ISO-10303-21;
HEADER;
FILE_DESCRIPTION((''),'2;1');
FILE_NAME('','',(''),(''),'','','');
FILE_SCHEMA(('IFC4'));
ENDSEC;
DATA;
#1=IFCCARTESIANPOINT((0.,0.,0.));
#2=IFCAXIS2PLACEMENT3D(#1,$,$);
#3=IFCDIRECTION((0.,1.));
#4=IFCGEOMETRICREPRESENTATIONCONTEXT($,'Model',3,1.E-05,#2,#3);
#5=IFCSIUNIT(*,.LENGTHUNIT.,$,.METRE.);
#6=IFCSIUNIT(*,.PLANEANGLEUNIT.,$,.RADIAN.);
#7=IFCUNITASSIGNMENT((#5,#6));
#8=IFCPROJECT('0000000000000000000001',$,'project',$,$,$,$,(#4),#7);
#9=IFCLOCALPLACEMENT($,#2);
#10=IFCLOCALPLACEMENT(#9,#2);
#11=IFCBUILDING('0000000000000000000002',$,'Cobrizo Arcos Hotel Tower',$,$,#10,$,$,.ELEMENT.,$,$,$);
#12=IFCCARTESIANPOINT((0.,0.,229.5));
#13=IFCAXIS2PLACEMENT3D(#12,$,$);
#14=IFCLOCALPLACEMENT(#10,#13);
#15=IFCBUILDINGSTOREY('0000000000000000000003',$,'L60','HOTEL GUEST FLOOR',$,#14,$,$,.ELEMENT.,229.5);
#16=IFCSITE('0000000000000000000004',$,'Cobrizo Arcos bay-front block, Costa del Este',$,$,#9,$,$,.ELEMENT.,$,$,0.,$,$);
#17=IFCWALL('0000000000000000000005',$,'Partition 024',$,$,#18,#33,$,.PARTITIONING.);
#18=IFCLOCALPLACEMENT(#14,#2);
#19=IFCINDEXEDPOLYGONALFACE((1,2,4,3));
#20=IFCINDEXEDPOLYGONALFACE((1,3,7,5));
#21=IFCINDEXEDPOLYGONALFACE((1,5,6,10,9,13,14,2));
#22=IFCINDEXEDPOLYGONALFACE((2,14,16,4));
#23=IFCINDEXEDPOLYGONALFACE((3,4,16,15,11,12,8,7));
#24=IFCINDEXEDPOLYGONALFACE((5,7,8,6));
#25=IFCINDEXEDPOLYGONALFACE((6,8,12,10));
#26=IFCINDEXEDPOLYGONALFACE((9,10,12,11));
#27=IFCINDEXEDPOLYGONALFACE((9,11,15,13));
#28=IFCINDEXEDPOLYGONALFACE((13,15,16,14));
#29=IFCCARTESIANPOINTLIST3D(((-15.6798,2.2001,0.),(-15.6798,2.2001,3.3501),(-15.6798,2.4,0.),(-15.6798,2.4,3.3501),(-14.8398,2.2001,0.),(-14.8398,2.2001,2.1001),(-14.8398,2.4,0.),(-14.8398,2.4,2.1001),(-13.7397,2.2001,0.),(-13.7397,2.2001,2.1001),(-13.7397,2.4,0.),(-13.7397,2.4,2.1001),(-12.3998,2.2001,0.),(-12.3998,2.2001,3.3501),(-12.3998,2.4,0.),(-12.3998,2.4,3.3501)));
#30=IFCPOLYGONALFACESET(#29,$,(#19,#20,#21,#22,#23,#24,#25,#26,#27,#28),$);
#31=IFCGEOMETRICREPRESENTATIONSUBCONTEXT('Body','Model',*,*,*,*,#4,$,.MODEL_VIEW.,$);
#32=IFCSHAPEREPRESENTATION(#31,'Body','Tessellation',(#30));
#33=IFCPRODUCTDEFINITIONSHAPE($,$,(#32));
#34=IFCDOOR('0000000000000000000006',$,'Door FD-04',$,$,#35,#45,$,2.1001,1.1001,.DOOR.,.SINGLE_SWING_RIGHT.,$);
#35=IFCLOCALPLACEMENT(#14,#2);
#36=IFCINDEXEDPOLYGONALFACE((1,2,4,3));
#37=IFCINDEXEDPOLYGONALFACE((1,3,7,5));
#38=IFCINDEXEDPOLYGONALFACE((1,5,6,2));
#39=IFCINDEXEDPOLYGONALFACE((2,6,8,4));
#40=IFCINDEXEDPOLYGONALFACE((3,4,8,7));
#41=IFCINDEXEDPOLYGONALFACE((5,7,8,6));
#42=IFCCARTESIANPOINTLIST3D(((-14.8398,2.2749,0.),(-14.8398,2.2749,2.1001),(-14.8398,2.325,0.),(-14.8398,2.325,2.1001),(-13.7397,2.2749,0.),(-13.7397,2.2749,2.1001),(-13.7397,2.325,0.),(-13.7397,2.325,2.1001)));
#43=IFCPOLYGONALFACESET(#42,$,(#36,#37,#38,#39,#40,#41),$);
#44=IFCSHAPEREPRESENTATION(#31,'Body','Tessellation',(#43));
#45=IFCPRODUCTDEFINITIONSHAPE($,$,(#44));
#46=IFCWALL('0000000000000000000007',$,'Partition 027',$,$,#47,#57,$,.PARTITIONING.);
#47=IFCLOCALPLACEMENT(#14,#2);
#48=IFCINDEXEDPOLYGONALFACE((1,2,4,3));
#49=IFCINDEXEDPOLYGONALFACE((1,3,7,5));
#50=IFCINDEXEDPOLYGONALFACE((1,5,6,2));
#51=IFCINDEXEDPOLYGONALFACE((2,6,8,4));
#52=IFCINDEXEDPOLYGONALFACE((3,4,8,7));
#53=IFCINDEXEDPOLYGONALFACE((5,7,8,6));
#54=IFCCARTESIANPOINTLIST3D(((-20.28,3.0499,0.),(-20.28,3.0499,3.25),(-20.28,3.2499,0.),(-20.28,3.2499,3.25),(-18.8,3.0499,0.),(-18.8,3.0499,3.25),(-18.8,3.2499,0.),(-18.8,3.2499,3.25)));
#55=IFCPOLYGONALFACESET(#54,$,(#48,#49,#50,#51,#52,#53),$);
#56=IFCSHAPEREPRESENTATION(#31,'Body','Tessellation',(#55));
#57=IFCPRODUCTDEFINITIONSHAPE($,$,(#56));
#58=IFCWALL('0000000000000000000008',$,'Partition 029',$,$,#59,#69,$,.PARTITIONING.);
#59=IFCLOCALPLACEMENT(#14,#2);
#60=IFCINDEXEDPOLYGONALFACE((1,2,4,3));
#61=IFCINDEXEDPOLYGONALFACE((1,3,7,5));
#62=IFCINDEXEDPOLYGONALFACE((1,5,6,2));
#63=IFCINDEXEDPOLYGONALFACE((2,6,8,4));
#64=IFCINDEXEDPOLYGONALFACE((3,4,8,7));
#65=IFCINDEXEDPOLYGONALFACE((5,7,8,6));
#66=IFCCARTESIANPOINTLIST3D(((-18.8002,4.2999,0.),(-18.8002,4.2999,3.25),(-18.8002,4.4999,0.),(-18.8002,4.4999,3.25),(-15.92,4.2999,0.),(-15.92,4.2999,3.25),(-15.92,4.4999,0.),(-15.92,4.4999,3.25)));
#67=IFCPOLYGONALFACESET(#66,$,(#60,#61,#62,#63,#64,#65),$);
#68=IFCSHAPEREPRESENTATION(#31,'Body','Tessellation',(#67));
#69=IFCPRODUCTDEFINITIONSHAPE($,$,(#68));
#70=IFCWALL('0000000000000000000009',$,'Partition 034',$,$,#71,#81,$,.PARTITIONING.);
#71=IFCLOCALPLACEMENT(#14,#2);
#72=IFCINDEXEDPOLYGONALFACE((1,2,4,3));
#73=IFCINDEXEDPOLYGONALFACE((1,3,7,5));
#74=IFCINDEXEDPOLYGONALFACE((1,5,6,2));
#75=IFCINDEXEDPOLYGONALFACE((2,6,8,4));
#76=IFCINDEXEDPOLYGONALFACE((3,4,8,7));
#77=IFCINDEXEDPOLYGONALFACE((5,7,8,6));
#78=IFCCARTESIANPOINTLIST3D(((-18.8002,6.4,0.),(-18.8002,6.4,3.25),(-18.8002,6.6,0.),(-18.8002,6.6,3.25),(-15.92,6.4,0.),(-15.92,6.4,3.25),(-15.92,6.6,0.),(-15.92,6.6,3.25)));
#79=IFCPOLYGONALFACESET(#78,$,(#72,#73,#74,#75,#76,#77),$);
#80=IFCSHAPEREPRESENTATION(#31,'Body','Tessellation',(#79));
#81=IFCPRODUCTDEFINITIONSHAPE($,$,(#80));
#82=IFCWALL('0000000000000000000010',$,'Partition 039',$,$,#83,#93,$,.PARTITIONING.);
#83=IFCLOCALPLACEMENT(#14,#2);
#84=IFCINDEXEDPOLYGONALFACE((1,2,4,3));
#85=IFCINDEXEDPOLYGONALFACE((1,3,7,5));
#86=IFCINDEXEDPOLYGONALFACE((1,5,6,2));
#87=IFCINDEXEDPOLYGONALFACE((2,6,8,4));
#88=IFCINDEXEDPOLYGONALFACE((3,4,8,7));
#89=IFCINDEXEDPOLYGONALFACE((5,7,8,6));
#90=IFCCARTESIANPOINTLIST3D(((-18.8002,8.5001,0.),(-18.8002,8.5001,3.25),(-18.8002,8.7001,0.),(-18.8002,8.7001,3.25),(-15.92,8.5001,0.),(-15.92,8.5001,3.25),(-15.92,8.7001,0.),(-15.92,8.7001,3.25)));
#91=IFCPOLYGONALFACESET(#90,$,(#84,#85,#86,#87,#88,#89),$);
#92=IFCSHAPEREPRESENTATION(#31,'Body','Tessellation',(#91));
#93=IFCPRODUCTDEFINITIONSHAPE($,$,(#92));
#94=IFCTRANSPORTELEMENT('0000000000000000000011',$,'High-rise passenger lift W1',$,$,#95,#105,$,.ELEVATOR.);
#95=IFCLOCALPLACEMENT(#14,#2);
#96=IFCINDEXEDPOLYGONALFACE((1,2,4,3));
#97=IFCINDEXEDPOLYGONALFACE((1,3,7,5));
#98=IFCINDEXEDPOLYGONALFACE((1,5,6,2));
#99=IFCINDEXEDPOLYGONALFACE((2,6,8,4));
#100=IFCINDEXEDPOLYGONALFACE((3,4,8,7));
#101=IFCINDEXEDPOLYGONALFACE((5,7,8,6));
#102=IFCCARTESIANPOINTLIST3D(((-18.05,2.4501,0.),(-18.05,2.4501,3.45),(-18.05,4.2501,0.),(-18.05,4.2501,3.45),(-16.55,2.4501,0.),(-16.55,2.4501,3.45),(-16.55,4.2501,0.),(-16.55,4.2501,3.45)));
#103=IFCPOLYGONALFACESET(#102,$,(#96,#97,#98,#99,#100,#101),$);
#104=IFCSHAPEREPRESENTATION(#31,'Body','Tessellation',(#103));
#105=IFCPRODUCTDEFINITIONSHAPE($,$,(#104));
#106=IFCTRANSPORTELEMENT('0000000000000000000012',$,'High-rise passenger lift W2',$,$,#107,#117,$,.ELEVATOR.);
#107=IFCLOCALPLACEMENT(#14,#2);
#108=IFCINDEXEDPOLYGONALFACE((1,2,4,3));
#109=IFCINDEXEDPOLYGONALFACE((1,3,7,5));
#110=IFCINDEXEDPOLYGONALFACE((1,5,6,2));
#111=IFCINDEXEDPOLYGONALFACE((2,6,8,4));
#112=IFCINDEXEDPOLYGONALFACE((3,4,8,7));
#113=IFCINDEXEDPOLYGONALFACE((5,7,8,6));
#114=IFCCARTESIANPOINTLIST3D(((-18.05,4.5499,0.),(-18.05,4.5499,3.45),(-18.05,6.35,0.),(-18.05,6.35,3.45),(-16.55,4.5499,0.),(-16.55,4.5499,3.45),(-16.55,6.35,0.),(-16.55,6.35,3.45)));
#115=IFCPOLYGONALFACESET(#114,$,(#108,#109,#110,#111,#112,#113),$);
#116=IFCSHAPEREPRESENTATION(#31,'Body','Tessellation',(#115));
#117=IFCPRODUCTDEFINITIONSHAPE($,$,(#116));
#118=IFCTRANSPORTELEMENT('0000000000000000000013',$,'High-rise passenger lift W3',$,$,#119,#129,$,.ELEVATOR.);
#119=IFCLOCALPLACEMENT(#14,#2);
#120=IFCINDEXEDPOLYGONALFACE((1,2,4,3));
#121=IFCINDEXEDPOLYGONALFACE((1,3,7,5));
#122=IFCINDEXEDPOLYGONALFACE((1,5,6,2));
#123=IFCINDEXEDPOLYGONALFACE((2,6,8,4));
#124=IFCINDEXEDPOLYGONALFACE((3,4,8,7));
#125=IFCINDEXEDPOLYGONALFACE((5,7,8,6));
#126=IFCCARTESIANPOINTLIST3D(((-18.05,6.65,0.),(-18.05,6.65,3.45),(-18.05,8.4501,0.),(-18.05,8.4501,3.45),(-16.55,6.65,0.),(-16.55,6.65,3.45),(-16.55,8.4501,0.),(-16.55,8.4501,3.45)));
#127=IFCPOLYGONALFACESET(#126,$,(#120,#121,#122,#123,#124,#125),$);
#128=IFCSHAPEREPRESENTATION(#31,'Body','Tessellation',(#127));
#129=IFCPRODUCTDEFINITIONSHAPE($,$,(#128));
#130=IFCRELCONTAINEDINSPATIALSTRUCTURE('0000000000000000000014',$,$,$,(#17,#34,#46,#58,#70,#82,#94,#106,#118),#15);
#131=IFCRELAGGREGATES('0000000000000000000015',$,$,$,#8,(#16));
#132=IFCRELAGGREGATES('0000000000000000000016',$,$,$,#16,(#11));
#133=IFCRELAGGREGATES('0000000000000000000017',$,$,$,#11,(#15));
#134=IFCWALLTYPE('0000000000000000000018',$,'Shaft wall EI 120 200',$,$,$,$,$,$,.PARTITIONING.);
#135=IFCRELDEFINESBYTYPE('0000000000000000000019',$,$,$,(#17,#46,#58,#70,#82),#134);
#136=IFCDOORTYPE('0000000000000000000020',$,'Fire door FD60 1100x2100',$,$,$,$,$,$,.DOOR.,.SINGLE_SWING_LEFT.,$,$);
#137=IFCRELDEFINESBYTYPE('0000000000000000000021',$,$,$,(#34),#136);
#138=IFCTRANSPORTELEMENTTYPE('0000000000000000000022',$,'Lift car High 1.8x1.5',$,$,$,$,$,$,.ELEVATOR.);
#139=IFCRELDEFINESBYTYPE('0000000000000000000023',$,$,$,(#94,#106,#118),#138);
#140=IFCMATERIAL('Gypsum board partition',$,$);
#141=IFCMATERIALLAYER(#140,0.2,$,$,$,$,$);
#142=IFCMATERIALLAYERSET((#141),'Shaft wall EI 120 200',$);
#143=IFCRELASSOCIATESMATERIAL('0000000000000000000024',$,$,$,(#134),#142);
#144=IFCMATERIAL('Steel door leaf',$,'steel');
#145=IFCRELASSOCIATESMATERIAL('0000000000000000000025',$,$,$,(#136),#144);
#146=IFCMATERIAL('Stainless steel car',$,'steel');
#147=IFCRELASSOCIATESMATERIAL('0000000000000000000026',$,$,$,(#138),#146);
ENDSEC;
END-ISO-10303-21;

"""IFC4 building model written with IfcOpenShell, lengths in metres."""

from ifc_helpers import new_model, si_unit, direction, frame, frame_2d, origin, origin_2d, place, context, subcontext, project, spatial, rectangle, extrude, material, layer, layer_set, type_object, element, fill, save


model = new_model("IFC4")

# Units and contexts
model_context = context("Model", 3, precision=1e-05, world=origin(), true_north=direction((0.0, 1.0)))
body_context = subcontext(model_context, "Body", "Model", "MODEL_VIEW")
ifc_project = project(units=[si_unit("LENGTHUNIT", "METRE"), si_unit("PLANEANGLEUNIT", "RADIAN")], contexts=[model_context])

# Site, building, storey
site_placement = place(None, origin())
site = spatial("IfcSite", under=ifc_project, at=site_placement, Name="Cobrizo Arcos bay-front block, Costa del Este", CompositionType="ELEMENT", RefElevation=0.0)
building_placement = place(site_placement, origin())
building = spatial("IfcBuilding", under=site, at=building_placement, Name="Cobrizo Arcos Hotel Tower", CompositionType="ELEMENT")
storey_placement = place(building_placement, frame((0.0, 0.0, 229.5)))
storey = spatial("IfcBuildingStorey", under=building, at=storey_placement, Name="L60", Description="HOTEL GUEST FLOOR", CompositionType="ELEMENT", Elevation=229.5)

# Shared definitions
ifc_material_1 = material(Name="Gypsum board partition")

# Shared definitions
ifc_layer_1 = layer(ifc_material_1, 0.2)
ifc_layer_set_1 = layer_set([ifc_layer_1], Name="Shaft wall EI 120 200")
wall_type_1 = type_object("IfcWallType", Name="Shaft wall EI 120 200", PredefinedType="PARTITIONING", material=ifc_layer_set_1)

# Wall, opening, door
wall_1_placement = place(storey_placement, frame((-15.6799, 2.3, 0.0), z_axis=(0.0, 0.0, 1.0), x_axis=(1.0, 0.0, 0.0)))
wall_1 = element("IfcWall", 1, at=wall_1_placement, inside=storey, type_object=wall_type_1, Name="Partition 024", PredefinedType="PARTITIONING", context=body_context, shape_type="SweptSolid", body=[
    extrude(rectangle(XDim=3.28, YDim=0.2, at=frame_2d((1.6401, 0.0))), origin(), (0.0, 0.0, 1.0), 3.3501),
])
opening_1_placement = place(wall_1_placement, frame((0.8401, 0.0, 0.0)))
opening_1 = element("IfcOpeningElement", 2, at=opening_1_placement, cuts=wall_1, PredefinedType="OPENING", context=body_context, shape_type="SweptSolid", body=[
    extrude(rectangle(XDim=1.1001, YDim=2.1001, at=frame_2d((0.55, 1.05))), frame((0.0, 0.1121, 0.0), z_axis=(0.0, -1.0, 0.0), x_axis=(1.0, 0.0, 0.0)), (0.0, 0.0, 1.0), 0.2239),
])
ifc_material_2 = material(Name="Steel door leaf", Category="steel")
door_type_1 = type_object("IfcDoorType", Name="Fire door FD60 1100x2100", OperationType="SINGLE_SWING_LEFT", PredefinedType="DOOR", material=ifc_material_2)
door_1_placement = place(opening_1_placement, origin())
door_1 = element("IfcDoor", 3, at=door_1_placement, inside=storey, type_object=door_type_1, Name="Door FD-04", OperationType="SINGLE_SWING_RIGHT", OverallHeight=2.1001, OverallWidth=1.1001, PredefinedType="DOOR", context=body_context, shape_type="SweptSolid", body=[
    extrude(rectangle(XDim=1.1001, YDim=2.1001, at=frame_2d((0.55, 1.05))), frame((0.0, 0.0249, 0.0), z_axis=(0.0, -1.0, 0.0), x_axis=(1.0, 0.0, 0.0)), (0.0, 0.0, 1.0), 0.05),
])
fill(opening_1, door_1)

# Walls
wall_2_placement = place(storey_placement, frame((-20.28, 3.1499, 0.0), z_axis=(0.0, 0.0, 1.0), x_axis=(1.0, 0.0, 0.0)))
element("IfcWall", 4, at=wall_2_placement, inside=storey, type_object=wall_type_1, Name="Partition 027", PredefinedType="PARTITIONING", context=body_context, shape_type="SweptSolid", body=[
    extrude(rectangle(XDim=1.48, YDim=0.2, at=frame_2d((0.74, 0.0))), origin(), (0.0, 0.0, 1.0), 3.25),
])
for number, where, z_axis, x_axis, name in (
    (5, (-18.8, 4.3999, 0.0), (0.0, 0.0, 1.0), (1.0, 0.0, 0.0), "Partition 029"),
    (6, (-18.8, 6.5, 0.0), (0.0, 0.0, 1.0), (1.0, 0.0, 0.0), "Partition 034"),
    (7, (-18.8, 8.6001, 0.0), (0.0, 0.0, 1.0), (1.0, 0.0, 0.0), "Partition 039"),
):
    element("IfcWall", number, at=place(storey_placement, frame(where, z_axis=z_axis, x_axis=x_axis)), inside=storey, type_object=wall_type_1, Name=name, PredefinedType="PARTITIONING", context=body_context, shape_type="SweptSolid", body=[
        extrude(rectangle(XDim=2.8801, YDim=0.2, at=frame_2d((1.4399, 0.0))), origin(), (0.0, 0.0, 1.0), 3.25),
    ])

# Transport elements
ifc_material_3 = material(Name="Stainless steel car", Category="steel")
transport_element_type = type_object("IfcTransportElementType", Name="Lift car High 1.8x1.5", PredefinedType="ELEVATOR", material=ifc_material_3)
for number, where, z_axis, x_axis, name in (
    (8, (-17.3, 3.3501, 0.0), (0.0, 0.0, 1.0), (1.0, 0.0, 0.0), "High-rise passenger lift W1"),
    (9, (-17.3, 5.45, 0.0), (0.0, 0.0, 1.0), (1.0, 0.0, 0.0), "High-rise passenger lift W2"),
    (10, (-17.3, 7.55, 0.0), (0.0, 0.0, 1.0), (1.0, 0.0, 0.0), "High-rise passenger lift W3"),
):
    element("IfcTransportElement", number, at=place(storey_placement, frame(where, z_axis=z_axis, x_axis=x_axis)), inside=storey, type_object=transport_element_type, Name=name, PredefinedType="ELEVATOR", context=body_context, shape_type="SweptSolid", body=[
        extrude(rectangle(XDim=1.5, YDim=1.8, at=origin_2d()), origin(), (0.0, 0.0, 1.0), 3.45),
    ])

save(model, "model.ifc")
